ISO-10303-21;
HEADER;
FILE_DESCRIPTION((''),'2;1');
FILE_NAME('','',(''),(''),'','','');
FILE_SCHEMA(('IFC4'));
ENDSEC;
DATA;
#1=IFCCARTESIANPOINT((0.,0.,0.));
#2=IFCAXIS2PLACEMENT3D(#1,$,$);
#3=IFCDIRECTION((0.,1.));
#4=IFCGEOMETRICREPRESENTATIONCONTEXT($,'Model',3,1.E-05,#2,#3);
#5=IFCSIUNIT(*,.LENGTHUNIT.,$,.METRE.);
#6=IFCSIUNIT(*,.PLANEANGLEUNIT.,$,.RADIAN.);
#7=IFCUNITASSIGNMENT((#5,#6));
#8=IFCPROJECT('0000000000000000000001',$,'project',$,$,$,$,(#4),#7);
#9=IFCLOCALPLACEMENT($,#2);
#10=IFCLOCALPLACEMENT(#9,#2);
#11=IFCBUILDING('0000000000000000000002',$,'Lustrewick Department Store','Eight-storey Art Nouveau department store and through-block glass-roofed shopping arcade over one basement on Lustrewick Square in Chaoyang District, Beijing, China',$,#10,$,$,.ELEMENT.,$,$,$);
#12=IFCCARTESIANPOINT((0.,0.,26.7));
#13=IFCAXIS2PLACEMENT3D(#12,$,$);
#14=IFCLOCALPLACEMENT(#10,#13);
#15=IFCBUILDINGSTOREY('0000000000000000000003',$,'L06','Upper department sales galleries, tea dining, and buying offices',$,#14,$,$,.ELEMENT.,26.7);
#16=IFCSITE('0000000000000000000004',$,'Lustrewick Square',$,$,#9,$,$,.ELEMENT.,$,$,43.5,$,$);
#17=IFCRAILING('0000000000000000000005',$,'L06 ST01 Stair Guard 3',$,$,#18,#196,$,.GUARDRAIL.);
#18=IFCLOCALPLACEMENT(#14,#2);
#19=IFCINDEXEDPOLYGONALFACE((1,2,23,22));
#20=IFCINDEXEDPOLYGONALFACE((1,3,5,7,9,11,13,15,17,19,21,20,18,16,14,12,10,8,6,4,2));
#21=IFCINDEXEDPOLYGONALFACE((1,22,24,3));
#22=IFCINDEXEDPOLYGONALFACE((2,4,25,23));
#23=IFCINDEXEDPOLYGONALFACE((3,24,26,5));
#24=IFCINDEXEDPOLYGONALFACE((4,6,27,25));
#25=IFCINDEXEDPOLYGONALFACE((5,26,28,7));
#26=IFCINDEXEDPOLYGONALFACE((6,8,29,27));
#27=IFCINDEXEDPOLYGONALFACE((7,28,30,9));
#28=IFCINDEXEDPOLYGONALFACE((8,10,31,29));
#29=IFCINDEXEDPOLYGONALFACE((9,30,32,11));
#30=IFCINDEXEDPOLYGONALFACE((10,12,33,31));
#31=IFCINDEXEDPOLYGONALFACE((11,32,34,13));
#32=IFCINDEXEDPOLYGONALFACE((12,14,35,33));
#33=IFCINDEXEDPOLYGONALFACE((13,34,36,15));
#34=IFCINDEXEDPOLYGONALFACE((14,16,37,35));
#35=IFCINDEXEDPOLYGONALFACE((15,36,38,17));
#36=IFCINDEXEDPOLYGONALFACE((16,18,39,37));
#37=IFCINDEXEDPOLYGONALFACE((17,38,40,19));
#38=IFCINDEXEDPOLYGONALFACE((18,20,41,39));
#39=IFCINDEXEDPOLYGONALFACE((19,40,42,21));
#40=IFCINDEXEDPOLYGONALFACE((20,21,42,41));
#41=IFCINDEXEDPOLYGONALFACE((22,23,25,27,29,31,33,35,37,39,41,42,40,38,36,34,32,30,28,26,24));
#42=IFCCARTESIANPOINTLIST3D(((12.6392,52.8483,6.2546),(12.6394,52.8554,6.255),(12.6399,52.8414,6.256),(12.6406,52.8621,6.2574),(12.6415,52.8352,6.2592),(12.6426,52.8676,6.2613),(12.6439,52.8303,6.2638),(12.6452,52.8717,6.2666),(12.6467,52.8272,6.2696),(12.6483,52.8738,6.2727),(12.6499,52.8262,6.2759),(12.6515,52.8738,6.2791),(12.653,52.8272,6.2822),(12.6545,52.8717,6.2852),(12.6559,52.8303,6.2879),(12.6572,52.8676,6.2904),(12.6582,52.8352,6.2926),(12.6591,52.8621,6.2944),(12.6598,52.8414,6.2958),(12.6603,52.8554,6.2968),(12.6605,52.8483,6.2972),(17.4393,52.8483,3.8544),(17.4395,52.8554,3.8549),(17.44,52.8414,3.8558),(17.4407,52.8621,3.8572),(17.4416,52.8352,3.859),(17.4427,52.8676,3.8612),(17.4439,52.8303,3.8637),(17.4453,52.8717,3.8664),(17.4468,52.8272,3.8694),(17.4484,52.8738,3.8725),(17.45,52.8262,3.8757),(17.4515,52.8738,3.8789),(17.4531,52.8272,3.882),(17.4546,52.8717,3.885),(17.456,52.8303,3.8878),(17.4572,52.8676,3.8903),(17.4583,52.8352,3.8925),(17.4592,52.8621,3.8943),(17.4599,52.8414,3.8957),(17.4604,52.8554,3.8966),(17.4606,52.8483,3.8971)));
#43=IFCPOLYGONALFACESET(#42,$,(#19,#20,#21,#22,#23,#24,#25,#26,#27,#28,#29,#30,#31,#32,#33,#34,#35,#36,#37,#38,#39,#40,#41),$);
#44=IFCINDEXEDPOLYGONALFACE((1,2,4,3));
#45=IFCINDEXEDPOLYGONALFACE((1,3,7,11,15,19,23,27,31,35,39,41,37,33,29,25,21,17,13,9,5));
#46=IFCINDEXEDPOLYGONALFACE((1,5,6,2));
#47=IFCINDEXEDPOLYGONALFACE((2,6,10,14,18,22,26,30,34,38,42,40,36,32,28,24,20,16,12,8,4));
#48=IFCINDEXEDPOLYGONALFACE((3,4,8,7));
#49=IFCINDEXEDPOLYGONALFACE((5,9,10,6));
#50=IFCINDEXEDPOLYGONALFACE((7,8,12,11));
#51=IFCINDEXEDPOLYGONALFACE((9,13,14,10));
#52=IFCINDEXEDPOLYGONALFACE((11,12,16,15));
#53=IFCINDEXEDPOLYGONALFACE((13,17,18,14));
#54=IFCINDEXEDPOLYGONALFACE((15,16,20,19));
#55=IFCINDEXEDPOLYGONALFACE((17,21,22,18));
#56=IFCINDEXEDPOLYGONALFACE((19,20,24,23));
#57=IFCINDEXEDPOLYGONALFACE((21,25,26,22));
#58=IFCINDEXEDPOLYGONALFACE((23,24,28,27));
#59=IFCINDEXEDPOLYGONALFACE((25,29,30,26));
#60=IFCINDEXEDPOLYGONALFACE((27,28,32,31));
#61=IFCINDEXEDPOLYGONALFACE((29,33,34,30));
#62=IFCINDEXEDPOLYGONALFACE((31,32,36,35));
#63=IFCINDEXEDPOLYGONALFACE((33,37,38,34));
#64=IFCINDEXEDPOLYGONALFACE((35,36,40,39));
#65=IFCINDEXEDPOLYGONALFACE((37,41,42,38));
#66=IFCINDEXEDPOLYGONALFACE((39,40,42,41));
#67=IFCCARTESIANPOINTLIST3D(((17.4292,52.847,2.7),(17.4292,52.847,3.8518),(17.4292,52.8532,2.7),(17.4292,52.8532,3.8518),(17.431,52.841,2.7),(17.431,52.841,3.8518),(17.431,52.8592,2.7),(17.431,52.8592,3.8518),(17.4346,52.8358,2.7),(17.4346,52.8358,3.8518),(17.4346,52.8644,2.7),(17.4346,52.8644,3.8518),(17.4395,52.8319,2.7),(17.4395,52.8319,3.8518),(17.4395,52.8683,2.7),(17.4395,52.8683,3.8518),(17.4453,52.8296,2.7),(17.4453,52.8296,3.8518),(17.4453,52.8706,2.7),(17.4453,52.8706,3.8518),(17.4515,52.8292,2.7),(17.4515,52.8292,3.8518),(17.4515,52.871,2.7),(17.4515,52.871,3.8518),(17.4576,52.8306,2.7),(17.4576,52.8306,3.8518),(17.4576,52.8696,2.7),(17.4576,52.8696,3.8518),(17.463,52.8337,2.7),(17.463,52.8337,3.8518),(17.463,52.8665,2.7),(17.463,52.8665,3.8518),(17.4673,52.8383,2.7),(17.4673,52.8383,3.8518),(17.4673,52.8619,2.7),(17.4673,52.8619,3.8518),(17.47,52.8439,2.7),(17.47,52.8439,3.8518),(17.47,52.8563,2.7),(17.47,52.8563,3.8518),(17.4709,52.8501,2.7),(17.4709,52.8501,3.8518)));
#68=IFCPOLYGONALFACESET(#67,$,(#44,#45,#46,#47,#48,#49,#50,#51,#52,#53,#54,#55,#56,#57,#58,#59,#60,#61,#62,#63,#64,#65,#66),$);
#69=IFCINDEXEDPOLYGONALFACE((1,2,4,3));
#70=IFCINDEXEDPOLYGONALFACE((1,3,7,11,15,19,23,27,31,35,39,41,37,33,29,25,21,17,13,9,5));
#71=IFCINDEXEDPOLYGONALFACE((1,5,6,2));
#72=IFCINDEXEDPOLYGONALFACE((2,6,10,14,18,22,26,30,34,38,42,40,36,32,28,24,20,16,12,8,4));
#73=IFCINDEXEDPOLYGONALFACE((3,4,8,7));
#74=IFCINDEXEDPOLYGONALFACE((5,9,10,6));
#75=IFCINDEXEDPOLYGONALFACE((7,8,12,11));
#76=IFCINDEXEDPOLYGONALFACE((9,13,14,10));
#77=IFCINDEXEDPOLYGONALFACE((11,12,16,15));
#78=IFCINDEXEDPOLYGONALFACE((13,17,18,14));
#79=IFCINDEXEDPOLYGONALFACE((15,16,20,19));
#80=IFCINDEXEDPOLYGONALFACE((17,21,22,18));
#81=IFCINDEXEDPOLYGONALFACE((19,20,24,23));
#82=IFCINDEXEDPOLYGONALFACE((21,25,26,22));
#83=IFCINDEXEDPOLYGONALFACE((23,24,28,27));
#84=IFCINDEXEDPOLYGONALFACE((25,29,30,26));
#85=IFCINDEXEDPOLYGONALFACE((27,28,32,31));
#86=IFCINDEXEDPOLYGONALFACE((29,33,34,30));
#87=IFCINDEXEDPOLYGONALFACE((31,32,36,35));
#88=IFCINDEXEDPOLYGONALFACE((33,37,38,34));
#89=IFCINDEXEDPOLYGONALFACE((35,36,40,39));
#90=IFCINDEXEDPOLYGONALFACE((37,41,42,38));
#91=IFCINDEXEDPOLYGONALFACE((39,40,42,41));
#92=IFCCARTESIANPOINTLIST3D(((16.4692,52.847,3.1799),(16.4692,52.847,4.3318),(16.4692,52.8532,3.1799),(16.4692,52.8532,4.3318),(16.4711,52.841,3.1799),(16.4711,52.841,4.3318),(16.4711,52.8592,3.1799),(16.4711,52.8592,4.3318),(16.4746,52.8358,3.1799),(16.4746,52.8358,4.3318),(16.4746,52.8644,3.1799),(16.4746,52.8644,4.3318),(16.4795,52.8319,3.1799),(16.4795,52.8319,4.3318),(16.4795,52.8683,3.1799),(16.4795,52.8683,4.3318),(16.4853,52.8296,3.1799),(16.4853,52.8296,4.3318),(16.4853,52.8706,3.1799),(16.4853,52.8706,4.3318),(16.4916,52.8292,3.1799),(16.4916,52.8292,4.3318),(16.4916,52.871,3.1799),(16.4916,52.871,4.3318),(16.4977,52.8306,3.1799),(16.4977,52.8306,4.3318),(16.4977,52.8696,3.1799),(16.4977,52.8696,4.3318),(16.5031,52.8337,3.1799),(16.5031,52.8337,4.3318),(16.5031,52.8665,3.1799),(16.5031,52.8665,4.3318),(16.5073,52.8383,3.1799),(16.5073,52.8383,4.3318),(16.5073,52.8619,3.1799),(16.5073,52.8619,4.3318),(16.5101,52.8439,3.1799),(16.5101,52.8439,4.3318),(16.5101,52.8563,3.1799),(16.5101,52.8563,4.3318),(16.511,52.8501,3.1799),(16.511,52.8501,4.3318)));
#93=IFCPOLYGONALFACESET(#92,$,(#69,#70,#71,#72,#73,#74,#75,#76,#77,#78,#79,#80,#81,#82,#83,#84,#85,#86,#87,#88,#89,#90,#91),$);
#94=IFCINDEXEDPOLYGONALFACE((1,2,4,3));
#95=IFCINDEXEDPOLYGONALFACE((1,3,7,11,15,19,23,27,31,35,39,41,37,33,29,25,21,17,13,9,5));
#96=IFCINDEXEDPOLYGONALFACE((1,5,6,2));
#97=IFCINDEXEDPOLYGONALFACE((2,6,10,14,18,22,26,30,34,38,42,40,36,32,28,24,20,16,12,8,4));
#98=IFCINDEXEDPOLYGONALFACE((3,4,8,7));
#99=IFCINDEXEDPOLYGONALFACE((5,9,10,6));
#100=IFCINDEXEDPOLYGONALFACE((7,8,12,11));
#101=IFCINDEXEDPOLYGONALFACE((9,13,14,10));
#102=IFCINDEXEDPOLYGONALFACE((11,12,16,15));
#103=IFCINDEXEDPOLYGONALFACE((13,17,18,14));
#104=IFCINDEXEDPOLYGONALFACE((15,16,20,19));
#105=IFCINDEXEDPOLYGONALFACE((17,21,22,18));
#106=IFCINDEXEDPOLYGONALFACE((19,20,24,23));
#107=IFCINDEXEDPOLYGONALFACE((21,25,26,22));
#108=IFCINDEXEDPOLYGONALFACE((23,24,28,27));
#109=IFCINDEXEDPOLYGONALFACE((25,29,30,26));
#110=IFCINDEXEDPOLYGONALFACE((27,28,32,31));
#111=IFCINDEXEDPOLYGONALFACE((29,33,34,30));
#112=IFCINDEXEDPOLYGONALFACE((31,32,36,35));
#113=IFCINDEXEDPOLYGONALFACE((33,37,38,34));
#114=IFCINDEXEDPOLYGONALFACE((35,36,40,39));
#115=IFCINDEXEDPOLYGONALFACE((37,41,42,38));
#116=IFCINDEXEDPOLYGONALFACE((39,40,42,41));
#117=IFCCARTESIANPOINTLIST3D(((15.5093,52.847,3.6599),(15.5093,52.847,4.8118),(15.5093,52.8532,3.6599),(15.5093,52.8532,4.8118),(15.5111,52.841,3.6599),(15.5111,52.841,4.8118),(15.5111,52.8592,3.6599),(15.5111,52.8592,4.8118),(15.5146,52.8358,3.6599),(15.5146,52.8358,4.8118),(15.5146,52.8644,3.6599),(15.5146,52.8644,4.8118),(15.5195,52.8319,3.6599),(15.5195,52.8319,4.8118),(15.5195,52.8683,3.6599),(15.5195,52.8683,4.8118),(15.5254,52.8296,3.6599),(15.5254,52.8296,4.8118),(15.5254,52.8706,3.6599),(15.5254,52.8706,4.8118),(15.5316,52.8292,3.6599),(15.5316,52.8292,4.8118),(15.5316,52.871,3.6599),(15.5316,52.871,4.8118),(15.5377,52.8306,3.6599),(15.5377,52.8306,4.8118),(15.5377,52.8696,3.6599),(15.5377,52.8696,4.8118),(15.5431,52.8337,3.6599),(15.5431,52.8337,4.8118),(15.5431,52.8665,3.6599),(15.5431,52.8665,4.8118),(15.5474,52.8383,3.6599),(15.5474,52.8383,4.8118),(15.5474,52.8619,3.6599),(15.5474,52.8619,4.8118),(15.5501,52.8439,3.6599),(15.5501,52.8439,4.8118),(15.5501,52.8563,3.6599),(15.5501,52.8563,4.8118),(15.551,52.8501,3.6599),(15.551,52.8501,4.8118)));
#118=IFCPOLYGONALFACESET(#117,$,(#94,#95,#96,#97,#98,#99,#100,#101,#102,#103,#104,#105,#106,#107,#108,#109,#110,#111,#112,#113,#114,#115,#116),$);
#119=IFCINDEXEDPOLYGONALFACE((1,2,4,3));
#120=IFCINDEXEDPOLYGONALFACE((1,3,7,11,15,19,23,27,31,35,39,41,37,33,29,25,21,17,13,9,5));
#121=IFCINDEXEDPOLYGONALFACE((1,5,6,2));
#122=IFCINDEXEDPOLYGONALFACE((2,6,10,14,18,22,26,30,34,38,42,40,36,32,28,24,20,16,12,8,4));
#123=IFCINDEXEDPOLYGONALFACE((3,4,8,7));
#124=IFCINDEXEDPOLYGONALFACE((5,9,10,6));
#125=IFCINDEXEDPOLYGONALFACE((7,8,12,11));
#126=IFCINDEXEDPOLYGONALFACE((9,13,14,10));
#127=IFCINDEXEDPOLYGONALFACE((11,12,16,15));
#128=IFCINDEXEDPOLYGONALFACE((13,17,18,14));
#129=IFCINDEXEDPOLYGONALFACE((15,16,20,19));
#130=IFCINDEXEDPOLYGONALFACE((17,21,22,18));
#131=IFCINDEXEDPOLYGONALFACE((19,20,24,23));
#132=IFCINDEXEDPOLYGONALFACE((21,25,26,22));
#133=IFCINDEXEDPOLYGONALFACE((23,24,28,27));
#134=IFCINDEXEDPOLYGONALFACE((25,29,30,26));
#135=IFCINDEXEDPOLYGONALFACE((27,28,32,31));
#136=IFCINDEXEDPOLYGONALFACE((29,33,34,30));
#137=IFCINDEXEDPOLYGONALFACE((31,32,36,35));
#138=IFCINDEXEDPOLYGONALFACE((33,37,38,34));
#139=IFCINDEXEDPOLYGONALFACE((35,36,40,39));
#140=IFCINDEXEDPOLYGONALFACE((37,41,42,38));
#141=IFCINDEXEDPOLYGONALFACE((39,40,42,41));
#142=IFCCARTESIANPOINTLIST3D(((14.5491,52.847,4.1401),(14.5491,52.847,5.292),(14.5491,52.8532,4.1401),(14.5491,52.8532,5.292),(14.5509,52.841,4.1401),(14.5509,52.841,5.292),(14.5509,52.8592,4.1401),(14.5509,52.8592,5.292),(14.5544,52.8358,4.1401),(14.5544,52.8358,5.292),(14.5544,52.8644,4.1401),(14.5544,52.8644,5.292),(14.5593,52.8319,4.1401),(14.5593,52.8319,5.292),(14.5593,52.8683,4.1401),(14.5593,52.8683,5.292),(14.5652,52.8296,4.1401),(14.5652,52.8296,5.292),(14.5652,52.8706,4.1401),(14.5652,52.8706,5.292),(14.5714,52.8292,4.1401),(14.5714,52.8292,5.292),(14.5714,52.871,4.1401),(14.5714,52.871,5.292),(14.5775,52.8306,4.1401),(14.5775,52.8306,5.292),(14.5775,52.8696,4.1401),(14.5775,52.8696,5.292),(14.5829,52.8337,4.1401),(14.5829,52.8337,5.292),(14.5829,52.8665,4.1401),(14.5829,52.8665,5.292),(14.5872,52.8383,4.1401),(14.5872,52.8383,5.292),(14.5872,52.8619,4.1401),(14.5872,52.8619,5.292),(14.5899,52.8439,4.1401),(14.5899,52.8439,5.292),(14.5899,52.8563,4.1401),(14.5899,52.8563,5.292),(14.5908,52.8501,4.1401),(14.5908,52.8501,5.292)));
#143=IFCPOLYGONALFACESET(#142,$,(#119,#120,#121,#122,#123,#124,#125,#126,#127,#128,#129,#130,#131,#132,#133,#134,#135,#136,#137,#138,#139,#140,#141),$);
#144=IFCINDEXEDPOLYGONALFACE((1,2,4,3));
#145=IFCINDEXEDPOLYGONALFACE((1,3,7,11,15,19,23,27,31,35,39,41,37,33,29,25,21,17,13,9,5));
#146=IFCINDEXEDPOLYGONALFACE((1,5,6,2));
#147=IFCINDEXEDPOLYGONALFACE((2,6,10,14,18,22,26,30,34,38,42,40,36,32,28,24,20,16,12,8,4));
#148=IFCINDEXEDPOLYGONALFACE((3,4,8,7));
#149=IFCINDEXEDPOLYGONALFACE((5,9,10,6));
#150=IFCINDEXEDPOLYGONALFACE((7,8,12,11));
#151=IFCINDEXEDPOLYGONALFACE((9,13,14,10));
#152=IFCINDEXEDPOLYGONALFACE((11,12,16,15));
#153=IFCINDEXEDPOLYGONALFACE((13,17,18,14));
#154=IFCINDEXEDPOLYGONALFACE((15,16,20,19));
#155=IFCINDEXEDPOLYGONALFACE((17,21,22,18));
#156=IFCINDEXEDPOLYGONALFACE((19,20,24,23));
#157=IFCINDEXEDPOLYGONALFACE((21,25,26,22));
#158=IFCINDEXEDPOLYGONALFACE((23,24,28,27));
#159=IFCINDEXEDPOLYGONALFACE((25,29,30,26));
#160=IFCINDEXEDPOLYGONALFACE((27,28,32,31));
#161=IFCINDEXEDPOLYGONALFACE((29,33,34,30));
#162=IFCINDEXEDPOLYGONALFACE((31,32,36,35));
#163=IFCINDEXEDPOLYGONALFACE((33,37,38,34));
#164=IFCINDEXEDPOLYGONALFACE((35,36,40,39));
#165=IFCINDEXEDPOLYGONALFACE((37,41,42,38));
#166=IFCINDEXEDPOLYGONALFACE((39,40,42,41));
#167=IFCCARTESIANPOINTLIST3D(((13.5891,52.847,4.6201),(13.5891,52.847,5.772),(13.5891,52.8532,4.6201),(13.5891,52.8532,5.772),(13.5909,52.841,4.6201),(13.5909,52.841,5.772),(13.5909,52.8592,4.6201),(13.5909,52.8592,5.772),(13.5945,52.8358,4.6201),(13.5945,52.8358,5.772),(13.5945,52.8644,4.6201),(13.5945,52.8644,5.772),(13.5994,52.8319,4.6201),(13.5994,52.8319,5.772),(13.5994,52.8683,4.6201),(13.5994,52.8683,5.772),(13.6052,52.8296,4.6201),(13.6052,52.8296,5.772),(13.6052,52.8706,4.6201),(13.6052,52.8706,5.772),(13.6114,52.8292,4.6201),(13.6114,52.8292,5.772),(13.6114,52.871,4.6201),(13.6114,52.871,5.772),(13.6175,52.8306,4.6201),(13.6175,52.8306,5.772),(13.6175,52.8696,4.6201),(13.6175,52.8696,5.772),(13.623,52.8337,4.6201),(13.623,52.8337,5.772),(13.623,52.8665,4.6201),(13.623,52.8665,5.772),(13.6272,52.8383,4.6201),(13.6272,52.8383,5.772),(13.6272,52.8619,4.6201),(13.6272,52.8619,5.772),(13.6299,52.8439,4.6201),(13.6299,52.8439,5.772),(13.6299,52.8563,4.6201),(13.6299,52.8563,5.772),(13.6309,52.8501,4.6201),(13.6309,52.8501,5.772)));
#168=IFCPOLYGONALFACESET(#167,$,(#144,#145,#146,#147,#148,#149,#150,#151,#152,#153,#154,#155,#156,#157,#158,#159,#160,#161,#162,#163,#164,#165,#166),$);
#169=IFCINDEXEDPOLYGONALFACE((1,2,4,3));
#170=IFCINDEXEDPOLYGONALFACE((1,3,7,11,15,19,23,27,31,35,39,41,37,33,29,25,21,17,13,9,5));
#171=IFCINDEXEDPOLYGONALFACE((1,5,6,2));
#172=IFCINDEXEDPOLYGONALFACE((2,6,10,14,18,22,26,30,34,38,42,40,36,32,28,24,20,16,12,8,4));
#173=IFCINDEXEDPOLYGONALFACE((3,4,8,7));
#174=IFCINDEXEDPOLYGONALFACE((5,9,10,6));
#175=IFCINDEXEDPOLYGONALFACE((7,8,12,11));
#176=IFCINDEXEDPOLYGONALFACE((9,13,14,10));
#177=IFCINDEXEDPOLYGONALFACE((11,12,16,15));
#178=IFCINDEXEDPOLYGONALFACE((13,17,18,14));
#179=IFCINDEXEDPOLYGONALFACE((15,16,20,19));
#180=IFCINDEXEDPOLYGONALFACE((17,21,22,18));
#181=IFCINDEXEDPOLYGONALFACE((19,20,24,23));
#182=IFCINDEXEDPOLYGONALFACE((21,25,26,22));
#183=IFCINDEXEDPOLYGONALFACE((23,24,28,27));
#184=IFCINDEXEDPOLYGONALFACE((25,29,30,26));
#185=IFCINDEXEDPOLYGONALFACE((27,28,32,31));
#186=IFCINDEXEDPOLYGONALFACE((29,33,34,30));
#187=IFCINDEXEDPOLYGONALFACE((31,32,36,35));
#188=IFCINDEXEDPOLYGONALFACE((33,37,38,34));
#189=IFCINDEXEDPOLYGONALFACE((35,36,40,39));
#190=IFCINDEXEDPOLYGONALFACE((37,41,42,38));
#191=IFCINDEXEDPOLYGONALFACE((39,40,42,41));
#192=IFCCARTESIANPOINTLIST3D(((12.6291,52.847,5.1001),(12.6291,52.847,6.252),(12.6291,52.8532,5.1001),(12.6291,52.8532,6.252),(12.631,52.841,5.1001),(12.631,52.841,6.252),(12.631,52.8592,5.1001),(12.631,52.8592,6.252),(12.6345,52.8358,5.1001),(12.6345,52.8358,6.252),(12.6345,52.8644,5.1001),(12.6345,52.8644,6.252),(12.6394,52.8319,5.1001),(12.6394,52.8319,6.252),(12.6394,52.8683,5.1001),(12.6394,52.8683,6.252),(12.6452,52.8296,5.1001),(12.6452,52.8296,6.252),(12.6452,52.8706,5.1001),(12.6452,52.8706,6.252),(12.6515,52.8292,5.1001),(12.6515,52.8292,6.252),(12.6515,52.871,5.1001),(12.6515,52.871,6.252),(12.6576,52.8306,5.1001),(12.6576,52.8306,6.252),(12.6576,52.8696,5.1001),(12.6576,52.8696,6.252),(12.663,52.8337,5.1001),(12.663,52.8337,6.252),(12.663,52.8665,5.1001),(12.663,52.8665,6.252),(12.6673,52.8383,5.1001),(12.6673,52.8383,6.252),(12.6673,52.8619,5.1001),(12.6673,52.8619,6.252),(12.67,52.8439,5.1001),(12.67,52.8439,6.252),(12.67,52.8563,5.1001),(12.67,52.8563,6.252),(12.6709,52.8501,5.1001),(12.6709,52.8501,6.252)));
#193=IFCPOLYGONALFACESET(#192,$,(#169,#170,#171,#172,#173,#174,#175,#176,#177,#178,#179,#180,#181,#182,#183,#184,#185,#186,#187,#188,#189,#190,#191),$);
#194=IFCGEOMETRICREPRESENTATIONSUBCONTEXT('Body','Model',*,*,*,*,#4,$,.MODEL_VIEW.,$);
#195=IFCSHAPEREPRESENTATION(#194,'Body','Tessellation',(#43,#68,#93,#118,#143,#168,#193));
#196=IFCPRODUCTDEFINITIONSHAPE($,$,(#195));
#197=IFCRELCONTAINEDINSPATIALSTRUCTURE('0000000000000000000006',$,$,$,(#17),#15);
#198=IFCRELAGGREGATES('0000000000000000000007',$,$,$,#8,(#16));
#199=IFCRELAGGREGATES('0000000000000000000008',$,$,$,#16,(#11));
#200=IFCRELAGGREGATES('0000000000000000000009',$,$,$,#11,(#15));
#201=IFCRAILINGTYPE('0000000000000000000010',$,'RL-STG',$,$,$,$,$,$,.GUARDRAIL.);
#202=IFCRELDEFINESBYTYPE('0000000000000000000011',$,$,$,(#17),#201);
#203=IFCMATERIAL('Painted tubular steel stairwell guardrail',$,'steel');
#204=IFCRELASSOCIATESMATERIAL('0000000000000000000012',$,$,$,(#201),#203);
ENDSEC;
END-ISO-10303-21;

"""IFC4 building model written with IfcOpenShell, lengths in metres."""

from ifc_helpers import new_model, si_unit, direction, frame, origin, origin_2d, place, context, subcontext, project, spatial, circle, extrude, material, type_object, element, save


model = new_model("IFC4")

# Units and contexts
model_context = context("Model", 3, precision=1e-05, world=origin(), true_north=direction((0.0, 1.0)))
body_context = subcontext(model_context, "Body", "Model", "MODEL_VIEW")
ifc_project = project(units=[si_unit("LENGTHUNIT", "METRE"), si_unit("PLANEANGLEUNIT", "RADIAN")], contexts=[model_context])

# Site, building, storey
site_placement = place(None, origin())
site = spatial("IfcSite", under=ifc_project, at=site_placement, Name="Lustrewick Square", CompositionType="ELEMENT", RefElevation=43.5)
building_placement = place(site_placement, origin())
building = spatial("IfcBuilding", under=site, at=building_placement, Name="Lustrewick Department Store", Description="Eight-storey Art Nouveau department store and through-block glass-roofed shopping arcade over one basement on Lustrewick Square in Chaoyang District, Beijing, China", CompositionType="ELEMENT")
storey_placement = place(building_placement, frame((0.0, 0.0, 26.7)))
storey = spatial("IfcBuildingStorey", under=building, at=storey_placement, Name="L06", Description="Upper department sales galleries, tea dining, and buying offices", CompositionType="ELEMENT", Elevation=26.7)

# Railing
ifc_material_1 = material(Name="Painted tubular steel stairwell guardrail", Category="steel")
railing_type_1 = type_object("IfcRailingType", Name="RL-STG", PredefinedType="GUARDRAIL", material=ifc_material_1)
railing_1_placement = place(storey_placement, frame((17.45, 52.8501, 2.7)))
element("IfcRailing", 1, at=railing_1_placement, inside=storey, type_object=railing_type_1, Name="L06 ST01 Stair Guard 3", PredefinedType="GUARDRAIL", context=body_context, shape_type="SweptSolid", body=[
    extrude(circle(Radius=0.0239, at=origin_2d()), frame((0.0, 0.0, 1.1758), z_axis=(-0.894418, 0.0, 0.447232), x_axis=(0.0, -1.0, 0.0)), (0.0, 0.0, 1.0), 5.3667),
    extrude(circle(Radius=0.021, at=origin_2d()), origin(), (0.0, 0.0, 1.0), 1.1519),
    extrude(circle(Radius=0.021, at=origin_2d()), frame((-0.96, 0.0, 0.48)), (0.0, 0.0, 1.0), 1.1519),
    extrude(circle(Radius=0.021, at=origin_2d()), frame((-1.9199, 0.0, 0.96)), (0.0, 0.0, 1.0), 1.1519),
    extrude(circle(Radius=0.021, at=origin_2d()), frame((-2.8801, 0.0, 1.4402)), (0.0, 0.0, 1.0), 1.1519),
    extrude(circle(Radius=0.021, at=origin_2d()), frame((-3.8401, 0.0, 1.9202)), (0.0, 0.0, 1.0), 1.1519),
    extrude(circle(Radius=0.021, at=origin_2d()), frame((-4.8, 0.0, 2.4001)), (0.0, 0.0, 1.0), 1.1519),
])

save(model, "model.ifc")
